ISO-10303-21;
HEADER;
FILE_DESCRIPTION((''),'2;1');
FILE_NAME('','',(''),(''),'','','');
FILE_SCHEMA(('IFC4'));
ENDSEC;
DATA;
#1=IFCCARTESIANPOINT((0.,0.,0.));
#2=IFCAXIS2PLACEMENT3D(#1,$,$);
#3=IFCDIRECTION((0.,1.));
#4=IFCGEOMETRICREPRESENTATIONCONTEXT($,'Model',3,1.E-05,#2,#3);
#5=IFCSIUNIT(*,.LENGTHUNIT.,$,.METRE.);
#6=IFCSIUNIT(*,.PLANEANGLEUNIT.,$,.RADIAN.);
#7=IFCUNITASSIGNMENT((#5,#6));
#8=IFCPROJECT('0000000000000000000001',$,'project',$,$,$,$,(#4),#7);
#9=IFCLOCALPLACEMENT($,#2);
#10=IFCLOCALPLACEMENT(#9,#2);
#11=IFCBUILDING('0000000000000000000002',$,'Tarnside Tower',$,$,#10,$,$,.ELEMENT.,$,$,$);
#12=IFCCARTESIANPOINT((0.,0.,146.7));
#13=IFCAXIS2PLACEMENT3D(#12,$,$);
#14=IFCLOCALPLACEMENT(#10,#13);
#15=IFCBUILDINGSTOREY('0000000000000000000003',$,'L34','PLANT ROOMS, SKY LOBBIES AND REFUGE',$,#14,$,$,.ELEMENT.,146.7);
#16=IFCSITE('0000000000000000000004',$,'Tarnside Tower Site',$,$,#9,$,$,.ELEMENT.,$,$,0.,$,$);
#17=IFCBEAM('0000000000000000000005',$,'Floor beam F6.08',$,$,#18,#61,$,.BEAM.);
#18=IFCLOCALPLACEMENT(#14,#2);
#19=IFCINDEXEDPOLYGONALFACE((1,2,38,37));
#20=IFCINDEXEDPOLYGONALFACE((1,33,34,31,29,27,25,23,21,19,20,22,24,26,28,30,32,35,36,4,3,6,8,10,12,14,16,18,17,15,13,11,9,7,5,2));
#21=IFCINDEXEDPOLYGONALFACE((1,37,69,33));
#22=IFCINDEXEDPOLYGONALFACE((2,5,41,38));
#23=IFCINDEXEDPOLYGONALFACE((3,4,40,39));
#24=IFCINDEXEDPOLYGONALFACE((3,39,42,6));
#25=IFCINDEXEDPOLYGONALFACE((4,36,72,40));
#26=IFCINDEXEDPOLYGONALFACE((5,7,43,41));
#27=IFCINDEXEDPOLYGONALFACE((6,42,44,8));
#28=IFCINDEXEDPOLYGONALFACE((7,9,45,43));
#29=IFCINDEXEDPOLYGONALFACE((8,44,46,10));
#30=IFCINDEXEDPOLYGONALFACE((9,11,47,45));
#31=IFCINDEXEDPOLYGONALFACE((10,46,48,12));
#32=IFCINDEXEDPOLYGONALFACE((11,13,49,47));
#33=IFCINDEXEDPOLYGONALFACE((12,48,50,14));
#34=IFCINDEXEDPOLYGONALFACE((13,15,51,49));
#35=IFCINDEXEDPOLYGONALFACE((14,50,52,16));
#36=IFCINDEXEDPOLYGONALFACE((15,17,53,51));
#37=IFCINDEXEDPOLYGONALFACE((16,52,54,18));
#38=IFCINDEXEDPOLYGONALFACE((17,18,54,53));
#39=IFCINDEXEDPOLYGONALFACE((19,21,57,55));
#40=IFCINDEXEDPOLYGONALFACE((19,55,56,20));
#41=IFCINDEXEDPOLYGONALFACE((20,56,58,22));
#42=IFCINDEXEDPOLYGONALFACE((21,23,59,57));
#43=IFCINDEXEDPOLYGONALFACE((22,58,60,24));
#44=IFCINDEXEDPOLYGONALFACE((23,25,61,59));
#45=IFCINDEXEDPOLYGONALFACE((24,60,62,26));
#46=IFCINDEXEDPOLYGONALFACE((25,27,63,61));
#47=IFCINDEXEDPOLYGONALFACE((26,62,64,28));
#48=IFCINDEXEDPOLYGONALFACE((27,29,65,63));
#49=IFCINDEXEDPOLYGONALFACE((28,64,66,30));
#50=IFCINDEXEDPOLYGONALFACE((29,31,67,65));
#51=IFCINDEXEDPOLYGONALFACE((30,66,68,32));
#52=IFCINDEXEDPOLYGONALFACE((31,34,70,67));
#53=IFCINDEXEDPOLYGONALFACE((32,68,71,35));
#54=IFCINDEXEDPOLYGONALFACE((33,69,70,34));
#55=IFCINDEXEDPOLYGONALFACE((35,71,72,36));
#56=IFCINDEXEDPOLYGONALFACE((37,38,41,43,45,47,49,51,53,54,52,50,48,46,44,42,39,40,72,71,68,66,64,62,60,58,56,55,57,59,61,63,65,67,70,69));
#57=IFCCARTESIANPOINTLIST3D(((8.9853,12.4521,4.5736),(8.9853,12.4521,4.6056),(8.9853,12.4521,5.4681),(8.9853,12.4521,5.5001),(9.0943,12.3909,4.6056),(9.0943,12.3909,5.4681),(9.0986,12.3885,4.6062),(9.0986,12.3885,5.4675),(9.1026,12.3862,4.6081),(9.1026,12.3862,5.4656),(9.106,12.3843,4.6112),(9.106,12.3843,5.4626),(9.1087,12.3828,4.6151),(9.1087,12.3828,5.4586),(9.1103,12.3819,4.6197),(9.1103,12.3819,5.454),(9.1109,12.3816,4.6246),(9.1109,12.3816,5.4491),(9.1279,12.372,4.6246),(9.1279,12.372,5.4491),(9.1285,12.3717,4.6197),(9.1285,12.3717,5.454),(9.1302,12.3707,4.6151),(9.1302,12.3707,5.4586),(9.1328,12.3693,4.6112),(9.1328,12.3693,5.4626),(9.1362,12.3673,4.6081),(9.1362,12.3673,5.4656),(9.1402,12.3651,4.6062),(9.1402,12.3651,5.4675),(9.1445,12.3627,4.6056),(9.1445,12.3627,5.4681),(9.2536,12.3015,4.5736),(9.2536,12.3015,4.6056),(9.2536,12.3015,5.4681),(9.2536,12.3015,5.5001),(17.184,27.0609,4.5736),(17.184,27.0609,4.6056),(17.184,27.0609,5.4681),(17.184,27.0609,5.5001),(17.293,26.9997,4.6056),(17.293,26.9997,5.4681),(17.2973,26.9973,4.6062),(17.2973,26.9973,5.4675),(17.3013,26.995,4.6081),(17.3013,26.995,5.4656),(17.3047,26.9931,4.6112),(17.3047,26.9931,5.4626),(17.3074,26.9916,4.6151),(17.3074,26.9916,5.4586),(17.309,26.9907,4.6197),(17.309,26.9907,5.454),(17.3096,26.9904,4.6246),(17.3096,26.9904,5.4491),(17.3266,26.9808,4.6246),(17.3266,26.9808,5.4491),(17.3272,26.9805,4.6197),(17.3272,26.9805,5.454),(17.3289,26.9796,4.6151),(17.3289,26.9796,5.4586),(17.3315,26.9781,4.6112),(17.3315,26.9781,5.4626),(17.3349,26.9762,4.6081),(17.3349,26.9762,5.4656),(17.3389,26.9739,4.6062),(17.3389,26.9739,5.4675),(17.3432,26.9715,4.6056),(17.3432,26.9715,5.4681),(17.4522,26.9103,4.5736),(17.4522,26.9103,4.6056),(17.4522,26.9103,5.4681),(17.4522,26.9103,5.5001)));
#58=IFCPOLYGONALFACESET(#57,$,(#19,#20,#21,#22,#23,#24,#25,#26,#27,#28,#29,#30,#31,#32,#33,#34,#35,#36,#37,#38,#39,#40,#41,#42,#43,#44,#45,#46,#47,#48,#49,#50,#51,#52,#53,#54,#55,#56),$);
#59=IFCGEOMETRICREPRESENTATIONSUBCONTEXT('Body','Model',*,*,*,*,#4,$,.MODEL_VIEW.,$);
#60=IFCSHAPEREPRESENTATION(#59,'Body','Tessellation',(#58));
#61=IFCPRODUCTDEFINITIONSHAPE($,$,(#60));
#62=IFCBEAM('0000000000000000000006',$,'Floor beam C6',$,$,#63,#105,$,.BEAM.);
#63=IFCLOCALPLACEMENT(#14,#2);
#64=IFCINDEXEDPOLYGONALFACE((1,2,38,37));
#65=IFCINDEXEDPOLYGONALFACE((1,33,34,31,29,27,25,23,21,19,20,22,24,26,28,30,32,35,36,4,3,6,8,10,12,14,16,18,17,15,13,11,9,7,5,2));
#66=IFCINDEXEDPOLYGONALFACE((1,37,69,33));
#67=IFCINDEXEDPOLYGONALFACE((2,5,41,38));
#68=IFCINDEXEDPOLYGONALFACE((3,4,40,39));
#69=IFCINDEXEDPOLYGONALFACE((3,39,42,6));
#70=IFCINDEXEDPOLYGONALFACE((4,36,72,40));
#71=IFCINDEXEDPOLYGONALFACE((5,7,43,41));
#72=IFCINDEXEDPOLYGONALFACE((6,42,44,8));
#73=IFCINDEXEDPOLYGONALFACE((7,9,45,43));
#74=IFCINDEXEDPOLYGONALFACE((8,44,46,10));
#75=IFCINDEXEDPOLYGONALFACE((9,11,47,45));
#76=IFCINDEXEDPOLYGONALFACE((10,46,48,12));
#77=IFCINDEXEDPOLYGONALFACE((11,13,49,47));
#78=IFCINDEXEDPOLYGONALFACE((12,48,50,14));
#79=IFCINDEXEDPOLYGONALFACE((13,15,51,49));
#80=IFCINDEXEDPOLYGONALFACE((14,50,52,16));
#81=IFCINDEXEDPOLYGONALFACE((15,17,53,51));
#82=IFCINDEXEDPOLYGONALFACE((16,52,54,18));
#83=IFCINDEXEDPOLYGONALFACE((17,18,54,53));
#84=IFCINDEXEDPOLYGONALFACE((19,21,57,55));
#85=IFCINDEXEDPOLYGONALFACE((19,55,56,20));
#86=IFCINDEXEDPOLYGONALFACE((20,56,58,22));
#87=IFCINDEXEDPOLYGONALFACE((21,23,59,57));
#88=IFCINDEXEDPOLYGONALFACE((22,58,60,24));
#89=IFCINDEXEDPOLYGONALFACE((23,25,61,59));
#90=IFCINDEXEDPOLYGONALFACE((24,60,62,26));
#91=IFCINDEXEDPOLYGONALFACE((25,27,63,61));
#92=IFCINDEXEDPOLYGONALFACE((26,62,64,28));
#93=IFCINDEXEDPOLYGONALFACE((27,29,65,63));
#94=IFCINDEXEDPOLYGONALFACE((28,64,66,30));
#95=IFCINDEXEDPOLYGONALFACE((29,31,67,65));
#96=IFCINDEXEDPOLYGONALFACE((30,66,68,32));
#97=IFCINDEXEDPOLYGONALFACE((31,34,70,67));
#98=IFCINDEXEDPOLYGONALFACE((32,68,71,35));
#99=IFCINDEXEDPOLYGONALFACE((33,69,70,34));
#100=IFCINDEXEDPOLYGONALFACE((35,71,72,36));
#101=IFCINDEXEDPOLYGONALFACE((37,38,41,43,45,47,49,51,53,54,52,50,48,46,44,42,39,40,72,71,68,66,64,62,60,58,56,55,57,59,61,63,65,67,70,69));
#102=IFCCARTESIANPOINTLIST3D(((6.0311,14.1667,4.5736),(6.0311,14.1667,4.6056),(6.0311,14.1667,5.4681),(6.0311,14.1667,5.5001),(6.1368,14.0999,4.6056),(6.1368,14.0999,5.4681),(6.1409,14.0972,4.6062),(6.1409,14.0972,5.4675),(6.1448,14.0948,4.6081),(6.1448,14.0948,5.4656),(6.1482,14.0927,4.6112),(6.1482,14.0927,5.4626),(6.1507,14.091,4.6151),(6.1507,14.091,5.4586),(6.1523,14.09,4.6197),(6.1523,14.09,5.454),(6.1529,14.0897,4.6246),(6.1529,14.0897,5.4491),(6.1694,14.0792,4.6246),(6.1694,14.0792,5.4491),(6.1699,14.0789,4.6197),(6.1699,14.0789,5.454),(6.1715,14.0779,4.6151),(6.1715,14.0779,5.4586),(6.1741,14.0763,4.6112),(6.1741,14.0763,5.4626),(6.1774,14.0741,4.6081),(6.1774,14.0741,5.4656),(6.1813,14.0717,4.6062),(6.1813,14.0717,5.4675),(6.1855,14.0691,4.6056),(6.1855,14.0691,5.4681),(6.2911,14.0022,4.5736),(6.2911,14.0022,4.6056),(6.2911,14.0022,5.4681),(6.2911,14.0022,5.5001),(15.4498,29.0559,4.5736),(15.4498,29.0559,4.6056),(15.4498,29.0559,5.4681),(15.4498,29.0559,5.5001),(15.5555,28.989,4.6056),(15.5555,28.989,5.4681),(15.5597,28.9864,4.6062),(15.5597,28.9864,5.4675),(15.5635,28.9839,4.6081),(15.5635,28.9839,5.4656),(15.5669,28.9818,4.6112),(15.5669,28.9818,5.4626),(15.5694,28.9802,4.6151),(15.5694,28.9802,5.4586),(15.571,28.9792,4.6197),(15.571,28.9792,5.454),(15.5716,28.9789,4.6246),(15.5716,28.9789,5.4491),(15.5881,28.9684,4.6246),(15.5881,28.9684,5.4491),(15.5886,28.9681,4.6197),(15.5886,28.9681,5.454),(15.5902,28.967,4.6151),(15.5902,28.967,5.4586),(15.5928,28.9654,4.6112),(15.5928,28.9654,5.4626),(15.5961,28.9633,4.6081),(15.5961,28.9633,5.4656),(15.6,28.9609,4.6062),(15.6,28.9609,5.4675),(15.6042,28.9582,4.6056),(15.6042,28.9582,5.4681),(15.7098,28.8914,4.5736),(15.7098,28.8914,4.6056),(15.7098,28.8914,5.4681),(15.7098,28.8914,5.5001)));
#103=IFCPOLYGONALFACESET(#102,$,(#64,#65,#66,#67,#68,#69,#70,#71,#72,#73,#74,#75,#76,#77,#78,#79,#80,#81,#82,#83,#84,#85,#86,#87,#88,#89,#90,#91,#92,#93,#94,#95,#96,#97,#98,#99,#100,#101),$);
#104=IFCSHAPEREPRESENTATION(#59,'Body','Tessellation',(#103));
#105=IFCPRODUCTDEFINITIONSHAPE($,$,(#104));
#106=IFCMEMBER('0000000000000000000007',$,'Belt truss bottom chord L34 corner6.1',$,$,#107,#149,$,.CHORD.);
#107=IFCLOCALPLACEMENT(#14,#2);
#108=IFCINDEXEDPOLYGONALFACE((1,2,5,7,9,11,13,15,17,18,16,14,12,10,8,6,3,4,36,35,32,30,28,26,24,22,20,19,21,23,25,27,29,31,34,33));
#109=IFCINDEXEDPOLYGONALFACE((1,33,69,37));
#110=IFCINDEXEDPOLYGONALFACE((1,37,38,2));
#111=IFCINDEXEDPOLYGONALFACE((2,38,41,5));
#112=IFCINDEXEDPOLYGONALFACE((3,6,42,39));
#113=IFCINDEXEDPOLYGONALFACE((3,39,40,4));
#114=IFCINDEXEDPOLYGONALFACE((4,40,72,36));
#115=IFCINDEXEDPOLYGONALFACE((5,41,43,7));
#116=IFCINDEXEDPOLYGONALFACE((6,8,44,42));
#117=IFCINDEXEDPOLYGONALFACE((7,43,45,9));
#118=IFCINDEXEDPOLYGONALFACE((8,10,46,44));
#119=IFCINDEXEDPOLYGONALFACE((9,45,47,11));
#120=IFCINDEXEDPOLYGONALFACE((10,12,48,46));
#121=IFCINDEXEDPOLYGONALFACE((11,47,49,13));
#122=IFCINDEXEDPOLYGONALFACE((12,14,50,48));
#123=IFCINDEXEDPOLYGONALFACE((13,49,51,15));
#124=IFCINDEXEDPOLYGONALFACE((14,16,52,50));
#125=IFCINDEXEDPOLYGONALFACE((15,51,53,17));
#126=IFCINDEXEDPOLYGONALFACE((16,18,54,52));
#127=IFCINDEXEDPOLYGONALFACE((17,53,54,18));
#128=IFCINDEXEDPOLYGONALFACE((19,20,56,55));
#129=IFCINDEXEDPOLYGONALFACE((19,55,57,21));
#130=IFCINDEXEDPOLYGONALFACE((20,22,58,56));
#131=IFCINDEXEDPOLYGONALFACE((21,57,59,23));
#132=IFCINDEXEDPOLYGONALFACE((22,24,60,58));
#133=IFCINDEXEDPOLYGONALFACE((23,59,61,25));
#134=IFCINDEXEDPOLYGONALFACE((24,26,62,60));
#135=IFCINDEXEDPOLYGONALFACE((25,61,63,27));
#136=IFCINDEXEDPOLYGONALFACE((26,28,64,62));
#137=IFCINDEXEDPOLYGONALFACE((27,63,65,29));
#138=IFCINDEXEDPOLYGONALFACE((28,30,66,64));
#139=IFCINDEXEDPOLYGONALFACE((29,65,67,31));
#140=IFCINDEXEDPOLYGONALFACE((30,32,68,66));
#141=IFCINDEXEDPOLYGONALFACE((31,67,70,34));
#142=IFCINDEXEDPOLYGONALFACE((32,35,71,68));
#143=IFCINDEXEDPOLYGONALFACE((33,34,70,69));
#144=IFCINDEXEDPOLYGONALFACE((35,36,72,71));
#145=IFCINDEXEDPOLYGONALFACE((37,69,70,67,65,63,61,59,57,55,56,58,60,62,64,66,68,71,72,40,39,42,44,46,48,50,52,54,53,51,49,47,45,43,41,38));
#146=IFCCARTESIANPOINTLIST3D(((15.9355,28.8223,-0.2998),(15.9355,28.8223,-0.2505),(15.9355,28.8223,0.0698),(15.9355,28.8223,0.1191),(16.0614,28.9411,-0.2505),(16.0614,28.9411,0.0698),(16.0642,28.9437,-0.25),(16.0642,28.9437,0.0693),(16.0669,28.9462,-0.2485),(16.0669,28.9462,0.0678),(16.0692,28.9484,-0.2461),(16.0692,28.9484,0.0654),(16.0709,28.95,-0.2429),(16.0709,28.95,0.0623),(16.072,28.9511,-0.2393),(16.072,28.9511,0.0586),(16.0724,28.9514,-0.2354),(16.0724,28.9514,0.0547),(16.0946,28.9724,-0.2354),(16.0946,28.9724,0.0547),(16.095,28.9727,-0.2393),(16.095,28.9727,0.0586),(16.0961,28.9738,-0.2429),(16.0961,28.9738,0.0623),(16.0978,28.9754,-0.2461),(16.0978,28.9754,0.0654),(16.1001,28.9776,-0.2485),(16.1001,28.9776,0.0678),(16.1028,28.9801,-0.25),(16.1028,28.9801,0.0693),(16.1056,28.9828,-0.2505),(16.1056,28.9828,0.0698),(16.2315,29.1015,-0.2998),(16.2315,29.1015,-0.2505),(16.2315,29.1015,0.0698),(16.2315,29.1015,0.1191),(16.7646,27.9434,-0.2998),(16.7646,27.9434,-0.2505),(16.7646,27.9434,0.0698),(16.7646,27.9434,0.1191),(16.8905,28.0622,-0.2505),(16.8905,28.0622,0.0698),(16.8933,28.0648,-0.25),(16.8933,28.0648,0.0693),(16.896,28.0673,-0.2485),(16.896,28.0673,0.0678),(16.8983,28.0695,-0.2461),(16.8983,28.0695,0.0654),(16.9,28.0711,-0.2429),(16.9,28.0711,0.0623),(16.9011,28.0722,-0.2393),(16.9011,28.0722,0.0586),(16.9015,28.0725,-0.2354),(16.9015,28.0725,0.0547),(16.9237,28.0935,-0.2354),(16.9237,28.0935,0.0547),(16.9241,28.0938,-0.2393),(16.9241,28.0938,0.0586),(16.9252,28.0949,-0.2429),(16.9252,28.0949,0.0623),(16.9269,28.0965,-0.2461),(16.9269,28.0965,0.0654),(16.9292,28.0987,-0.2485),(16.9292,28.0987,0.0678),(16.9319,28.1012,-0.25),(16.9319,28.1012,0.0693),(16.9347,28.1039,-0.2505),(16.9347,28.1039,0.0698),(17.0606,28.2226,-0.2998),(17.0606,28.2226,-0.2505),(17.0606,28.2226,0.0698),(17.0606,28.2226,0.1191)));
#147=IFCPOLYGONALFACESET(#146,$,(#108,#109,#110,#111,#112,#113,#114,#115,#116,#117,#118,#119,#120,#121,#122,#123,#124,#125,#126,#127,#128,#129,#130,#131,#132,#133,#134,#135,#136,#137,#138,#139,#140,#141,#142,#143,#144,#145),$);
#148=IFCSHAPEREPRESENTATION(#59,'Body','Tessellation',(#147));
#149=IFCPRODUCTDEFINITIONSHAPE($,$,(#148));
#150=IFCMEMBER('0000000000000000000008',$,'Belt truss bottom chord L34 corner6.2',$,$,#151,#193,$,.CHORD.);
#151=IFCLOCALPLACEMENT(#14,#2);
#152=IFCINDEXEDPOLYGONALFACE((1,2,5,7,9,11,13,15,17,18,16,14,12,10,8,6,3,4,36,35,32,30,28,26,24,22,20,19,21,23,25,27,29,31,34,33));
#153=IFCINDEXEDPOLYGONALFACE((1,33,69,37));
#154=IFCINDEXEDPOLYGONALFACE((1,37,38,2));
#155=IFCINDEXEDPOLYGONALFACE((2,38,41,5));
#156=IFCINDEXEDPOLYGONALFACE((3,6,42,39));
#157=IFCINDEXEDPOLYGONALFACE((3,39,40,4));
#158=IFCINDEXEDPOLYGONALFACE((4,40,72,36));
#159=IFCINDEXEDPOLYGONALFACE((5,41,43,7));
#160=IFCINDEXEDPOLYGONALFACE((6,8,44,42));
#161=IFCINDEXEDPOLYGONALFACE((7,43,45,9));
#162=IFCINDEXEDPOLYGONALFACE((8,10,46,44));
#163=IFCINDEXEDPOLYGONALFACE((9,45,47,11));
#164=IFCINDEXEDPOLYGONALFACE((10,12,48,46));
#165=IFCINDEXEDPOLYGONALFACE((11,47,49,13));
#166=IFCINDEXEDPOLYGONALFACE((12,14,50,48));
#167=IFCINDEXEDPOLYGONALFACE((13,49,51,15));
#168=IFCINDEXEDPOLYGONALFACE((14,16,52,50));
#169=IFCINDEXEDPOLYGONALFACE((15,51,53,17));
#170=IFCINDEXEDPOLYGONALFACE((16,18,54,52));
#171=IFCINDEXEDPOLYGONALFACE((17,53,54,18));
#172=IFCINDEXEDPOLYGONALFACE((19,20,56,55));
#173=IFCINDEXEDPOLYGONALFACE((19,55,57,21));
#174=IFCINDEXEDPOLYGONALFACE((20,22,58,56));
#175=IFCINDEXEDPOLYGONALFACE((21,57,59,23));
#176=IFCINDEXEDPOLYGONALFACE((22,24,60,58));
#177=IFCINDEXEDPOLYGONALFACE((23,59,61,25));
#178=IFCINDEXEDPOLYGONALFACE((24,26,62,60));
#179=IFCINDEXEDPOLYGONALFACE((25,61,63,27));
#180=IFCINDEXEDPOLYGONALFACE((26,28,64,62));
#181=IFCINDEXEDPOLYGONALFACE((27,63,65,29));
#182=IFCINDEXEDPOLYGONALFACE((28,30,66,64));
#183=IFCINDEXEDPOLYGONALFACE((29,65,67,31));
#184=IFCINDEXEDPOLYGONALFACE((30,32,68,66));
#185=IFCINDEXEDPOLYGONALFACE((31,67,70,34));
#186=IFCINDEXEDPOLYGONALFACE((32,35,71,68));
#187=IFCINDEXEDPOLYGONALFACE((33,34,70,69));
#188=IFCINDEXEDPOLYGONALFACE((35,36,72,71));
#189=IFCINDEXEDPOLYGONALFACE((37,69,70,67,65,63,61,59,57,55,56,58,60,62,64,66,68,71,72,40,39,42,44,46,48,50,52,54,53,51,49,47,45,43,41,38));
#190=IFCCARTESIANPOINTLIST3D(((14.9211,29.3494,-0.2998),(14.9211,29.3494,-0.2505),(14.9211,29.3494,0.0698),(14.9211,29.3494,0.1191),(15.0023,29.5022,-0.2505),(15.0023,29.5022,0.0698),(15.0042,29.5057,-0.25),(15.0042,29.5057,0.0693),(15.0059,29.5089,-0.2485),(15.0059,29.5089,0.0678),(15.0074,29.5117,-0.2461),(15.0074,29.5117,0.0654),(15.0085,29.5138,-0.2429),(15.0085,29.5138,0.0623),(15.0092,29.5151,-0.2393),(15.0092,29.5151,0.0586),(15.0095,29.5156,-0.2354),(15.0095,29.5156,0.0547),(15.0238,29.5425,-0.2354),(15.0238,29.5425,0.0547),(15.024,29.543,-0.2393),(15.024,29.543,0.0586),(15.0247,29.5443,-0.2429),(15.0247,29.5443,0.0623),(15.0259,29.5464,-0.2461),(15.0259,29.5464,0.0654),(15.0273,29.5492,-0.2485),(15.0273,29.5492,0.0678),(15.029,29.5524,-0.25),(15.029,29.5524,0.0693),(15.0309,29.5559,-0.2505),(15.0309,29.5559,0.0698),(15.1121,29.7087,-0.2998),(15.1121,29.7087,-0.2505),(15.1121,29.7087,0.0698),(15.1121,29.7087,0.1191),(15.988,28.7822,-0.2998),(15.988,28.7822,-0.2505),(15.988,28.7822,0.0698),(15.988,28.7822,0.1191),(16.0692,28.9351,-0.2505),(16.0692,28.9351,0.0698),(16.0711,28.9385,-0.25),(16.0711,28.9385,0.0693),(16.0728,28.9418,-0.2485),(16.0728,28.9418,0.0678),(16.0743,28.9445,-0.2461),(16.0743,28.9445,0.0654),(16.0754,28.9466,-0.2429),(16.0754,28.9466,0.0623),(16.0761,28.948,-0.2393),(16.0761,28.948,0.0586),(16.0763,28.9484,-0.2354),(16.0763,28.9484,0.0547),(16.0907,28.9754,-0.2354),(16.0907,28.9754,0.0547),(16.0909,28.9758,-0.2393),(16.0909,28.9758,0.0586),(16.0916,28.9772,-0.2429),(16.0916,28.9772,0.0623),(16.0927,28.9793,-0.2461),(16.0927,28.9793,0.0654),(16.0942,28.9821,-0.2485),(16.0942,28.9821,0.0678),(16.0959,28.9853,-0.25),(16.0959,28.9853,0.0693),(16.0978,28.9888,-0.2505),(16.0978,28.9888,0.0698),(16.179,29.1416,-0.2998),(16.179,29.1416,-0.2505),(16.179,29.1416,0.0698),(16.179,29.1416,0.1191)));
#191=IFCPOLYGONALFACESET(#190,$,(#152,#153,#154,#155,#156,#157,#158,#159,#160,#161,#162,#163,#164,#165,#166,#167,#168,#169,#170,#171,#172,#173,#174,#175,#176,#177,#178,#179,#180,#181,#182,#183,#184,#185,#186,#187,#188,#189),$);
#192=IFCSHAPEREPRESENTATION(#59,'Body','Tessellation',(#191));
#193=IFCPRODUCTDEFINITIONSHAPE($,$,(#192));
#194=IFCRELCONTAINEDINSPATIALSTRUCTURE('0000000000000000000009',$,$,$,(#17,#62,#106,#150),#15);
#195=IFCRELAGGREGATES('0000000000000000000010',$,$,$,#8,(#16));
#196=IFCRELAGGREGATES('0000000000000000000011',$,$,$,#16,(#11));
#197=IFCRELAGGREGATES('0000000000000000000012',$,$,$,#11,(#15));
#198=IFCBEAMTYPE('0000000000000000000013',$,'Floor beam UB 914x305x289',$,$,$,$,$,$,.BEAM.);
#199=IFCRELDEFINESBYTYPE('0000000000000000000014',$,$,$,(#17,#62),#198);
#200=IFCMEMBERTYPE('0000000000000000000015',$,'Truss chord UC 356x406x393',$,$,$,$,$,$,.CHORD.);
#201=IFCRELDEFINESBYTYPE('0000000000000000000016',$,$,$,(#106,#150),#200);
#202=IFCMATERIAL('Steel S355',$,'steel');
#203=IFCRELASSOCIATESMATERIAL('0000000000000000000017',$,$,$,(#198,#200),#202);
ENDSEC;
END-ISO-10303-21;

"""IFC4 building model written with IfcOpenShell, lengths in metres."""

from ifc_helpers import new_model, si_unit, direction, frame, origin, origin_2d, place, context, subcontext, project, spatial, i_section, extrude, material, material_profile, profile_set, type_object, element, save


model = new_model("IFC4")

# Units and contexts
model_context = context("Model", 3, precision=1e-05, world=origin(), true_north=direction((0.0, 1.0)))
body_context = subcontext(model_context, "Body", "Model", "MODEL_VIEW")
ifc_project = project(units=[si_unit("LENGTHUNIT", "METRE"), si_unit("PLANEANGLEUNIT", "RADIAN")], contexts=[model_context])

# Site, building, storey
site_placement = place(None, origin())
site = spatial("IfcSite", under=ifc_project, at=site_placement, Name="Tarnside Tower Site", CompositionType="ELEMENT", RefElevation=0.0)
building_placement = place(site_placement, origin())
building = spatial("IfcBuilding", under=site, at=building_placement, Name="Tarnside Tower", CompositionType="ELEMENT")
storey_placement = place(building_placement, frame((0.0, 0.0, 146.7)))
storey = spatial("IfcBuildingStorey", under=building, at=storey_placement, Name="L34", Description="PLANT ROOMS, SKY LOBBIES AND REFUGE", CompositionType="ELEMENT", Elevation=146.7)

# Beams
ifc_material_1 = material(Name="Steel S355", Category="steel")
ifc_material_profile_1 = material_profile(ifc_material_1, i_section(OverallWidth=0.3076, OverallDepth=0.9265, WebThickness=0.0195, FlangeThickness=0.032, FilletRadius=0.019, at=origin_2d()), Name="UB 914x305x289")
ifc_profile_set_1 = profile_set([ifc_material_profile_1], Name="Steel S355")
beam_type = type_object("IfcBeamType", Name="Floor beam UB 914x305x289", PredefinedType="BEAM", material=ifc_profile_set_1)
beam_1_placement = place(storey_placement, frame((17.3181, 26.9856, 5.0369), z_axis=(-0.48941, -0.872054, 0.0), x_axis=(0.872054, -0.48941, 0.0)))
element("IfcBeam", 1, at=beam_1_placement, inside=storey, type_object=beam_type, Name="Floor beam F6.08", PredefinedType="BEAM", context=body_context, shape_type="SweptSolid", body=[
    extrude(i_section(OverallWidth=0.3076, OverallDepth=0.9265, WebThickness=0.0195, FlangeThickness=0.032, FilletRadius=0.019, at=origin_2d()), origin(), (0.0, 0.0, 1.0), 16.7522),
])
beam_2_placement = place(storey_placement, frame((15.5798, 28.9736, 5.0369), z_axis=(-0.534602, -0.845104, 0.0), x_axis=(0.845104, -0.534602, 0.0)))
element("IfcBeam", 2, at=beam_2_placement, inside=storey, type_object=beam_type, Name="Floor beam C6", PredefinedType="BEAM", context=body_context, shape_type="SweptSolid", body=[
    extrude(i_section(OverallWidth=0.3076, OverallDepth=0.9265, WebThickness=0.0195, FlangeThickness=0.032, FilletRadius=0.019, at=origin_2d()), origin(), (0.0, 0.0, 1.0), 17.6182),
])

# Members
ifc_material_profile_2 = material_profile(ifc_material_1, i_section(OverallWidth=0.407, OverallDepth=0.4189, WebThickness=0.0305, FlangeThickness=0.0493, FilletRadius=0.0151, at=origin_2d()), Name="UC 356x406x393")
ifc_profile_set_2 = profile_set([ifc_material_profile_2], Name="Steel S355")
member_type_1 = type_object("IfcMemberType", Name="Truss chord UC 356x406x393", PredefinedType="CHORD", material=ifc_profile_set_2)
for number, where, z_axis, x_axis, name in (
    (3, (16.9126, 28.083, -0.0903), (-0.686196, 0.727416, 0.0), (-0.727416, -0.686196, 0.0), "Belt truss bottom chord L34 corner6.1"),
    (4, (16.0835, 28.9619, -0.0903), (-0.882995, 0.469382, 0.0), (-0.469382, -0.882995, 0.0), "Belt truss bottom chord L34 corner6.2"),
):
    element("IfcMember", number, at=place(storey_placement, frame(where, z_axis=z_axis, x_axis=x_axis)), inside=storey, type_object=member_type_1, Name=name, PredefinedType="CHORD", context=body_context, shape_type="SweptSolid", body=[
        extrude(i_section(OverallWidth=0.407, OverallDepth=0.4189, WebThickness=0.0305, FlangeThickness=0.0493, FilletRadius=0.0151, at=origin_2d()), origin(), (0.0, 0.0, 1.0), 1.2083),
    ])

save(model, "model.ifc")
